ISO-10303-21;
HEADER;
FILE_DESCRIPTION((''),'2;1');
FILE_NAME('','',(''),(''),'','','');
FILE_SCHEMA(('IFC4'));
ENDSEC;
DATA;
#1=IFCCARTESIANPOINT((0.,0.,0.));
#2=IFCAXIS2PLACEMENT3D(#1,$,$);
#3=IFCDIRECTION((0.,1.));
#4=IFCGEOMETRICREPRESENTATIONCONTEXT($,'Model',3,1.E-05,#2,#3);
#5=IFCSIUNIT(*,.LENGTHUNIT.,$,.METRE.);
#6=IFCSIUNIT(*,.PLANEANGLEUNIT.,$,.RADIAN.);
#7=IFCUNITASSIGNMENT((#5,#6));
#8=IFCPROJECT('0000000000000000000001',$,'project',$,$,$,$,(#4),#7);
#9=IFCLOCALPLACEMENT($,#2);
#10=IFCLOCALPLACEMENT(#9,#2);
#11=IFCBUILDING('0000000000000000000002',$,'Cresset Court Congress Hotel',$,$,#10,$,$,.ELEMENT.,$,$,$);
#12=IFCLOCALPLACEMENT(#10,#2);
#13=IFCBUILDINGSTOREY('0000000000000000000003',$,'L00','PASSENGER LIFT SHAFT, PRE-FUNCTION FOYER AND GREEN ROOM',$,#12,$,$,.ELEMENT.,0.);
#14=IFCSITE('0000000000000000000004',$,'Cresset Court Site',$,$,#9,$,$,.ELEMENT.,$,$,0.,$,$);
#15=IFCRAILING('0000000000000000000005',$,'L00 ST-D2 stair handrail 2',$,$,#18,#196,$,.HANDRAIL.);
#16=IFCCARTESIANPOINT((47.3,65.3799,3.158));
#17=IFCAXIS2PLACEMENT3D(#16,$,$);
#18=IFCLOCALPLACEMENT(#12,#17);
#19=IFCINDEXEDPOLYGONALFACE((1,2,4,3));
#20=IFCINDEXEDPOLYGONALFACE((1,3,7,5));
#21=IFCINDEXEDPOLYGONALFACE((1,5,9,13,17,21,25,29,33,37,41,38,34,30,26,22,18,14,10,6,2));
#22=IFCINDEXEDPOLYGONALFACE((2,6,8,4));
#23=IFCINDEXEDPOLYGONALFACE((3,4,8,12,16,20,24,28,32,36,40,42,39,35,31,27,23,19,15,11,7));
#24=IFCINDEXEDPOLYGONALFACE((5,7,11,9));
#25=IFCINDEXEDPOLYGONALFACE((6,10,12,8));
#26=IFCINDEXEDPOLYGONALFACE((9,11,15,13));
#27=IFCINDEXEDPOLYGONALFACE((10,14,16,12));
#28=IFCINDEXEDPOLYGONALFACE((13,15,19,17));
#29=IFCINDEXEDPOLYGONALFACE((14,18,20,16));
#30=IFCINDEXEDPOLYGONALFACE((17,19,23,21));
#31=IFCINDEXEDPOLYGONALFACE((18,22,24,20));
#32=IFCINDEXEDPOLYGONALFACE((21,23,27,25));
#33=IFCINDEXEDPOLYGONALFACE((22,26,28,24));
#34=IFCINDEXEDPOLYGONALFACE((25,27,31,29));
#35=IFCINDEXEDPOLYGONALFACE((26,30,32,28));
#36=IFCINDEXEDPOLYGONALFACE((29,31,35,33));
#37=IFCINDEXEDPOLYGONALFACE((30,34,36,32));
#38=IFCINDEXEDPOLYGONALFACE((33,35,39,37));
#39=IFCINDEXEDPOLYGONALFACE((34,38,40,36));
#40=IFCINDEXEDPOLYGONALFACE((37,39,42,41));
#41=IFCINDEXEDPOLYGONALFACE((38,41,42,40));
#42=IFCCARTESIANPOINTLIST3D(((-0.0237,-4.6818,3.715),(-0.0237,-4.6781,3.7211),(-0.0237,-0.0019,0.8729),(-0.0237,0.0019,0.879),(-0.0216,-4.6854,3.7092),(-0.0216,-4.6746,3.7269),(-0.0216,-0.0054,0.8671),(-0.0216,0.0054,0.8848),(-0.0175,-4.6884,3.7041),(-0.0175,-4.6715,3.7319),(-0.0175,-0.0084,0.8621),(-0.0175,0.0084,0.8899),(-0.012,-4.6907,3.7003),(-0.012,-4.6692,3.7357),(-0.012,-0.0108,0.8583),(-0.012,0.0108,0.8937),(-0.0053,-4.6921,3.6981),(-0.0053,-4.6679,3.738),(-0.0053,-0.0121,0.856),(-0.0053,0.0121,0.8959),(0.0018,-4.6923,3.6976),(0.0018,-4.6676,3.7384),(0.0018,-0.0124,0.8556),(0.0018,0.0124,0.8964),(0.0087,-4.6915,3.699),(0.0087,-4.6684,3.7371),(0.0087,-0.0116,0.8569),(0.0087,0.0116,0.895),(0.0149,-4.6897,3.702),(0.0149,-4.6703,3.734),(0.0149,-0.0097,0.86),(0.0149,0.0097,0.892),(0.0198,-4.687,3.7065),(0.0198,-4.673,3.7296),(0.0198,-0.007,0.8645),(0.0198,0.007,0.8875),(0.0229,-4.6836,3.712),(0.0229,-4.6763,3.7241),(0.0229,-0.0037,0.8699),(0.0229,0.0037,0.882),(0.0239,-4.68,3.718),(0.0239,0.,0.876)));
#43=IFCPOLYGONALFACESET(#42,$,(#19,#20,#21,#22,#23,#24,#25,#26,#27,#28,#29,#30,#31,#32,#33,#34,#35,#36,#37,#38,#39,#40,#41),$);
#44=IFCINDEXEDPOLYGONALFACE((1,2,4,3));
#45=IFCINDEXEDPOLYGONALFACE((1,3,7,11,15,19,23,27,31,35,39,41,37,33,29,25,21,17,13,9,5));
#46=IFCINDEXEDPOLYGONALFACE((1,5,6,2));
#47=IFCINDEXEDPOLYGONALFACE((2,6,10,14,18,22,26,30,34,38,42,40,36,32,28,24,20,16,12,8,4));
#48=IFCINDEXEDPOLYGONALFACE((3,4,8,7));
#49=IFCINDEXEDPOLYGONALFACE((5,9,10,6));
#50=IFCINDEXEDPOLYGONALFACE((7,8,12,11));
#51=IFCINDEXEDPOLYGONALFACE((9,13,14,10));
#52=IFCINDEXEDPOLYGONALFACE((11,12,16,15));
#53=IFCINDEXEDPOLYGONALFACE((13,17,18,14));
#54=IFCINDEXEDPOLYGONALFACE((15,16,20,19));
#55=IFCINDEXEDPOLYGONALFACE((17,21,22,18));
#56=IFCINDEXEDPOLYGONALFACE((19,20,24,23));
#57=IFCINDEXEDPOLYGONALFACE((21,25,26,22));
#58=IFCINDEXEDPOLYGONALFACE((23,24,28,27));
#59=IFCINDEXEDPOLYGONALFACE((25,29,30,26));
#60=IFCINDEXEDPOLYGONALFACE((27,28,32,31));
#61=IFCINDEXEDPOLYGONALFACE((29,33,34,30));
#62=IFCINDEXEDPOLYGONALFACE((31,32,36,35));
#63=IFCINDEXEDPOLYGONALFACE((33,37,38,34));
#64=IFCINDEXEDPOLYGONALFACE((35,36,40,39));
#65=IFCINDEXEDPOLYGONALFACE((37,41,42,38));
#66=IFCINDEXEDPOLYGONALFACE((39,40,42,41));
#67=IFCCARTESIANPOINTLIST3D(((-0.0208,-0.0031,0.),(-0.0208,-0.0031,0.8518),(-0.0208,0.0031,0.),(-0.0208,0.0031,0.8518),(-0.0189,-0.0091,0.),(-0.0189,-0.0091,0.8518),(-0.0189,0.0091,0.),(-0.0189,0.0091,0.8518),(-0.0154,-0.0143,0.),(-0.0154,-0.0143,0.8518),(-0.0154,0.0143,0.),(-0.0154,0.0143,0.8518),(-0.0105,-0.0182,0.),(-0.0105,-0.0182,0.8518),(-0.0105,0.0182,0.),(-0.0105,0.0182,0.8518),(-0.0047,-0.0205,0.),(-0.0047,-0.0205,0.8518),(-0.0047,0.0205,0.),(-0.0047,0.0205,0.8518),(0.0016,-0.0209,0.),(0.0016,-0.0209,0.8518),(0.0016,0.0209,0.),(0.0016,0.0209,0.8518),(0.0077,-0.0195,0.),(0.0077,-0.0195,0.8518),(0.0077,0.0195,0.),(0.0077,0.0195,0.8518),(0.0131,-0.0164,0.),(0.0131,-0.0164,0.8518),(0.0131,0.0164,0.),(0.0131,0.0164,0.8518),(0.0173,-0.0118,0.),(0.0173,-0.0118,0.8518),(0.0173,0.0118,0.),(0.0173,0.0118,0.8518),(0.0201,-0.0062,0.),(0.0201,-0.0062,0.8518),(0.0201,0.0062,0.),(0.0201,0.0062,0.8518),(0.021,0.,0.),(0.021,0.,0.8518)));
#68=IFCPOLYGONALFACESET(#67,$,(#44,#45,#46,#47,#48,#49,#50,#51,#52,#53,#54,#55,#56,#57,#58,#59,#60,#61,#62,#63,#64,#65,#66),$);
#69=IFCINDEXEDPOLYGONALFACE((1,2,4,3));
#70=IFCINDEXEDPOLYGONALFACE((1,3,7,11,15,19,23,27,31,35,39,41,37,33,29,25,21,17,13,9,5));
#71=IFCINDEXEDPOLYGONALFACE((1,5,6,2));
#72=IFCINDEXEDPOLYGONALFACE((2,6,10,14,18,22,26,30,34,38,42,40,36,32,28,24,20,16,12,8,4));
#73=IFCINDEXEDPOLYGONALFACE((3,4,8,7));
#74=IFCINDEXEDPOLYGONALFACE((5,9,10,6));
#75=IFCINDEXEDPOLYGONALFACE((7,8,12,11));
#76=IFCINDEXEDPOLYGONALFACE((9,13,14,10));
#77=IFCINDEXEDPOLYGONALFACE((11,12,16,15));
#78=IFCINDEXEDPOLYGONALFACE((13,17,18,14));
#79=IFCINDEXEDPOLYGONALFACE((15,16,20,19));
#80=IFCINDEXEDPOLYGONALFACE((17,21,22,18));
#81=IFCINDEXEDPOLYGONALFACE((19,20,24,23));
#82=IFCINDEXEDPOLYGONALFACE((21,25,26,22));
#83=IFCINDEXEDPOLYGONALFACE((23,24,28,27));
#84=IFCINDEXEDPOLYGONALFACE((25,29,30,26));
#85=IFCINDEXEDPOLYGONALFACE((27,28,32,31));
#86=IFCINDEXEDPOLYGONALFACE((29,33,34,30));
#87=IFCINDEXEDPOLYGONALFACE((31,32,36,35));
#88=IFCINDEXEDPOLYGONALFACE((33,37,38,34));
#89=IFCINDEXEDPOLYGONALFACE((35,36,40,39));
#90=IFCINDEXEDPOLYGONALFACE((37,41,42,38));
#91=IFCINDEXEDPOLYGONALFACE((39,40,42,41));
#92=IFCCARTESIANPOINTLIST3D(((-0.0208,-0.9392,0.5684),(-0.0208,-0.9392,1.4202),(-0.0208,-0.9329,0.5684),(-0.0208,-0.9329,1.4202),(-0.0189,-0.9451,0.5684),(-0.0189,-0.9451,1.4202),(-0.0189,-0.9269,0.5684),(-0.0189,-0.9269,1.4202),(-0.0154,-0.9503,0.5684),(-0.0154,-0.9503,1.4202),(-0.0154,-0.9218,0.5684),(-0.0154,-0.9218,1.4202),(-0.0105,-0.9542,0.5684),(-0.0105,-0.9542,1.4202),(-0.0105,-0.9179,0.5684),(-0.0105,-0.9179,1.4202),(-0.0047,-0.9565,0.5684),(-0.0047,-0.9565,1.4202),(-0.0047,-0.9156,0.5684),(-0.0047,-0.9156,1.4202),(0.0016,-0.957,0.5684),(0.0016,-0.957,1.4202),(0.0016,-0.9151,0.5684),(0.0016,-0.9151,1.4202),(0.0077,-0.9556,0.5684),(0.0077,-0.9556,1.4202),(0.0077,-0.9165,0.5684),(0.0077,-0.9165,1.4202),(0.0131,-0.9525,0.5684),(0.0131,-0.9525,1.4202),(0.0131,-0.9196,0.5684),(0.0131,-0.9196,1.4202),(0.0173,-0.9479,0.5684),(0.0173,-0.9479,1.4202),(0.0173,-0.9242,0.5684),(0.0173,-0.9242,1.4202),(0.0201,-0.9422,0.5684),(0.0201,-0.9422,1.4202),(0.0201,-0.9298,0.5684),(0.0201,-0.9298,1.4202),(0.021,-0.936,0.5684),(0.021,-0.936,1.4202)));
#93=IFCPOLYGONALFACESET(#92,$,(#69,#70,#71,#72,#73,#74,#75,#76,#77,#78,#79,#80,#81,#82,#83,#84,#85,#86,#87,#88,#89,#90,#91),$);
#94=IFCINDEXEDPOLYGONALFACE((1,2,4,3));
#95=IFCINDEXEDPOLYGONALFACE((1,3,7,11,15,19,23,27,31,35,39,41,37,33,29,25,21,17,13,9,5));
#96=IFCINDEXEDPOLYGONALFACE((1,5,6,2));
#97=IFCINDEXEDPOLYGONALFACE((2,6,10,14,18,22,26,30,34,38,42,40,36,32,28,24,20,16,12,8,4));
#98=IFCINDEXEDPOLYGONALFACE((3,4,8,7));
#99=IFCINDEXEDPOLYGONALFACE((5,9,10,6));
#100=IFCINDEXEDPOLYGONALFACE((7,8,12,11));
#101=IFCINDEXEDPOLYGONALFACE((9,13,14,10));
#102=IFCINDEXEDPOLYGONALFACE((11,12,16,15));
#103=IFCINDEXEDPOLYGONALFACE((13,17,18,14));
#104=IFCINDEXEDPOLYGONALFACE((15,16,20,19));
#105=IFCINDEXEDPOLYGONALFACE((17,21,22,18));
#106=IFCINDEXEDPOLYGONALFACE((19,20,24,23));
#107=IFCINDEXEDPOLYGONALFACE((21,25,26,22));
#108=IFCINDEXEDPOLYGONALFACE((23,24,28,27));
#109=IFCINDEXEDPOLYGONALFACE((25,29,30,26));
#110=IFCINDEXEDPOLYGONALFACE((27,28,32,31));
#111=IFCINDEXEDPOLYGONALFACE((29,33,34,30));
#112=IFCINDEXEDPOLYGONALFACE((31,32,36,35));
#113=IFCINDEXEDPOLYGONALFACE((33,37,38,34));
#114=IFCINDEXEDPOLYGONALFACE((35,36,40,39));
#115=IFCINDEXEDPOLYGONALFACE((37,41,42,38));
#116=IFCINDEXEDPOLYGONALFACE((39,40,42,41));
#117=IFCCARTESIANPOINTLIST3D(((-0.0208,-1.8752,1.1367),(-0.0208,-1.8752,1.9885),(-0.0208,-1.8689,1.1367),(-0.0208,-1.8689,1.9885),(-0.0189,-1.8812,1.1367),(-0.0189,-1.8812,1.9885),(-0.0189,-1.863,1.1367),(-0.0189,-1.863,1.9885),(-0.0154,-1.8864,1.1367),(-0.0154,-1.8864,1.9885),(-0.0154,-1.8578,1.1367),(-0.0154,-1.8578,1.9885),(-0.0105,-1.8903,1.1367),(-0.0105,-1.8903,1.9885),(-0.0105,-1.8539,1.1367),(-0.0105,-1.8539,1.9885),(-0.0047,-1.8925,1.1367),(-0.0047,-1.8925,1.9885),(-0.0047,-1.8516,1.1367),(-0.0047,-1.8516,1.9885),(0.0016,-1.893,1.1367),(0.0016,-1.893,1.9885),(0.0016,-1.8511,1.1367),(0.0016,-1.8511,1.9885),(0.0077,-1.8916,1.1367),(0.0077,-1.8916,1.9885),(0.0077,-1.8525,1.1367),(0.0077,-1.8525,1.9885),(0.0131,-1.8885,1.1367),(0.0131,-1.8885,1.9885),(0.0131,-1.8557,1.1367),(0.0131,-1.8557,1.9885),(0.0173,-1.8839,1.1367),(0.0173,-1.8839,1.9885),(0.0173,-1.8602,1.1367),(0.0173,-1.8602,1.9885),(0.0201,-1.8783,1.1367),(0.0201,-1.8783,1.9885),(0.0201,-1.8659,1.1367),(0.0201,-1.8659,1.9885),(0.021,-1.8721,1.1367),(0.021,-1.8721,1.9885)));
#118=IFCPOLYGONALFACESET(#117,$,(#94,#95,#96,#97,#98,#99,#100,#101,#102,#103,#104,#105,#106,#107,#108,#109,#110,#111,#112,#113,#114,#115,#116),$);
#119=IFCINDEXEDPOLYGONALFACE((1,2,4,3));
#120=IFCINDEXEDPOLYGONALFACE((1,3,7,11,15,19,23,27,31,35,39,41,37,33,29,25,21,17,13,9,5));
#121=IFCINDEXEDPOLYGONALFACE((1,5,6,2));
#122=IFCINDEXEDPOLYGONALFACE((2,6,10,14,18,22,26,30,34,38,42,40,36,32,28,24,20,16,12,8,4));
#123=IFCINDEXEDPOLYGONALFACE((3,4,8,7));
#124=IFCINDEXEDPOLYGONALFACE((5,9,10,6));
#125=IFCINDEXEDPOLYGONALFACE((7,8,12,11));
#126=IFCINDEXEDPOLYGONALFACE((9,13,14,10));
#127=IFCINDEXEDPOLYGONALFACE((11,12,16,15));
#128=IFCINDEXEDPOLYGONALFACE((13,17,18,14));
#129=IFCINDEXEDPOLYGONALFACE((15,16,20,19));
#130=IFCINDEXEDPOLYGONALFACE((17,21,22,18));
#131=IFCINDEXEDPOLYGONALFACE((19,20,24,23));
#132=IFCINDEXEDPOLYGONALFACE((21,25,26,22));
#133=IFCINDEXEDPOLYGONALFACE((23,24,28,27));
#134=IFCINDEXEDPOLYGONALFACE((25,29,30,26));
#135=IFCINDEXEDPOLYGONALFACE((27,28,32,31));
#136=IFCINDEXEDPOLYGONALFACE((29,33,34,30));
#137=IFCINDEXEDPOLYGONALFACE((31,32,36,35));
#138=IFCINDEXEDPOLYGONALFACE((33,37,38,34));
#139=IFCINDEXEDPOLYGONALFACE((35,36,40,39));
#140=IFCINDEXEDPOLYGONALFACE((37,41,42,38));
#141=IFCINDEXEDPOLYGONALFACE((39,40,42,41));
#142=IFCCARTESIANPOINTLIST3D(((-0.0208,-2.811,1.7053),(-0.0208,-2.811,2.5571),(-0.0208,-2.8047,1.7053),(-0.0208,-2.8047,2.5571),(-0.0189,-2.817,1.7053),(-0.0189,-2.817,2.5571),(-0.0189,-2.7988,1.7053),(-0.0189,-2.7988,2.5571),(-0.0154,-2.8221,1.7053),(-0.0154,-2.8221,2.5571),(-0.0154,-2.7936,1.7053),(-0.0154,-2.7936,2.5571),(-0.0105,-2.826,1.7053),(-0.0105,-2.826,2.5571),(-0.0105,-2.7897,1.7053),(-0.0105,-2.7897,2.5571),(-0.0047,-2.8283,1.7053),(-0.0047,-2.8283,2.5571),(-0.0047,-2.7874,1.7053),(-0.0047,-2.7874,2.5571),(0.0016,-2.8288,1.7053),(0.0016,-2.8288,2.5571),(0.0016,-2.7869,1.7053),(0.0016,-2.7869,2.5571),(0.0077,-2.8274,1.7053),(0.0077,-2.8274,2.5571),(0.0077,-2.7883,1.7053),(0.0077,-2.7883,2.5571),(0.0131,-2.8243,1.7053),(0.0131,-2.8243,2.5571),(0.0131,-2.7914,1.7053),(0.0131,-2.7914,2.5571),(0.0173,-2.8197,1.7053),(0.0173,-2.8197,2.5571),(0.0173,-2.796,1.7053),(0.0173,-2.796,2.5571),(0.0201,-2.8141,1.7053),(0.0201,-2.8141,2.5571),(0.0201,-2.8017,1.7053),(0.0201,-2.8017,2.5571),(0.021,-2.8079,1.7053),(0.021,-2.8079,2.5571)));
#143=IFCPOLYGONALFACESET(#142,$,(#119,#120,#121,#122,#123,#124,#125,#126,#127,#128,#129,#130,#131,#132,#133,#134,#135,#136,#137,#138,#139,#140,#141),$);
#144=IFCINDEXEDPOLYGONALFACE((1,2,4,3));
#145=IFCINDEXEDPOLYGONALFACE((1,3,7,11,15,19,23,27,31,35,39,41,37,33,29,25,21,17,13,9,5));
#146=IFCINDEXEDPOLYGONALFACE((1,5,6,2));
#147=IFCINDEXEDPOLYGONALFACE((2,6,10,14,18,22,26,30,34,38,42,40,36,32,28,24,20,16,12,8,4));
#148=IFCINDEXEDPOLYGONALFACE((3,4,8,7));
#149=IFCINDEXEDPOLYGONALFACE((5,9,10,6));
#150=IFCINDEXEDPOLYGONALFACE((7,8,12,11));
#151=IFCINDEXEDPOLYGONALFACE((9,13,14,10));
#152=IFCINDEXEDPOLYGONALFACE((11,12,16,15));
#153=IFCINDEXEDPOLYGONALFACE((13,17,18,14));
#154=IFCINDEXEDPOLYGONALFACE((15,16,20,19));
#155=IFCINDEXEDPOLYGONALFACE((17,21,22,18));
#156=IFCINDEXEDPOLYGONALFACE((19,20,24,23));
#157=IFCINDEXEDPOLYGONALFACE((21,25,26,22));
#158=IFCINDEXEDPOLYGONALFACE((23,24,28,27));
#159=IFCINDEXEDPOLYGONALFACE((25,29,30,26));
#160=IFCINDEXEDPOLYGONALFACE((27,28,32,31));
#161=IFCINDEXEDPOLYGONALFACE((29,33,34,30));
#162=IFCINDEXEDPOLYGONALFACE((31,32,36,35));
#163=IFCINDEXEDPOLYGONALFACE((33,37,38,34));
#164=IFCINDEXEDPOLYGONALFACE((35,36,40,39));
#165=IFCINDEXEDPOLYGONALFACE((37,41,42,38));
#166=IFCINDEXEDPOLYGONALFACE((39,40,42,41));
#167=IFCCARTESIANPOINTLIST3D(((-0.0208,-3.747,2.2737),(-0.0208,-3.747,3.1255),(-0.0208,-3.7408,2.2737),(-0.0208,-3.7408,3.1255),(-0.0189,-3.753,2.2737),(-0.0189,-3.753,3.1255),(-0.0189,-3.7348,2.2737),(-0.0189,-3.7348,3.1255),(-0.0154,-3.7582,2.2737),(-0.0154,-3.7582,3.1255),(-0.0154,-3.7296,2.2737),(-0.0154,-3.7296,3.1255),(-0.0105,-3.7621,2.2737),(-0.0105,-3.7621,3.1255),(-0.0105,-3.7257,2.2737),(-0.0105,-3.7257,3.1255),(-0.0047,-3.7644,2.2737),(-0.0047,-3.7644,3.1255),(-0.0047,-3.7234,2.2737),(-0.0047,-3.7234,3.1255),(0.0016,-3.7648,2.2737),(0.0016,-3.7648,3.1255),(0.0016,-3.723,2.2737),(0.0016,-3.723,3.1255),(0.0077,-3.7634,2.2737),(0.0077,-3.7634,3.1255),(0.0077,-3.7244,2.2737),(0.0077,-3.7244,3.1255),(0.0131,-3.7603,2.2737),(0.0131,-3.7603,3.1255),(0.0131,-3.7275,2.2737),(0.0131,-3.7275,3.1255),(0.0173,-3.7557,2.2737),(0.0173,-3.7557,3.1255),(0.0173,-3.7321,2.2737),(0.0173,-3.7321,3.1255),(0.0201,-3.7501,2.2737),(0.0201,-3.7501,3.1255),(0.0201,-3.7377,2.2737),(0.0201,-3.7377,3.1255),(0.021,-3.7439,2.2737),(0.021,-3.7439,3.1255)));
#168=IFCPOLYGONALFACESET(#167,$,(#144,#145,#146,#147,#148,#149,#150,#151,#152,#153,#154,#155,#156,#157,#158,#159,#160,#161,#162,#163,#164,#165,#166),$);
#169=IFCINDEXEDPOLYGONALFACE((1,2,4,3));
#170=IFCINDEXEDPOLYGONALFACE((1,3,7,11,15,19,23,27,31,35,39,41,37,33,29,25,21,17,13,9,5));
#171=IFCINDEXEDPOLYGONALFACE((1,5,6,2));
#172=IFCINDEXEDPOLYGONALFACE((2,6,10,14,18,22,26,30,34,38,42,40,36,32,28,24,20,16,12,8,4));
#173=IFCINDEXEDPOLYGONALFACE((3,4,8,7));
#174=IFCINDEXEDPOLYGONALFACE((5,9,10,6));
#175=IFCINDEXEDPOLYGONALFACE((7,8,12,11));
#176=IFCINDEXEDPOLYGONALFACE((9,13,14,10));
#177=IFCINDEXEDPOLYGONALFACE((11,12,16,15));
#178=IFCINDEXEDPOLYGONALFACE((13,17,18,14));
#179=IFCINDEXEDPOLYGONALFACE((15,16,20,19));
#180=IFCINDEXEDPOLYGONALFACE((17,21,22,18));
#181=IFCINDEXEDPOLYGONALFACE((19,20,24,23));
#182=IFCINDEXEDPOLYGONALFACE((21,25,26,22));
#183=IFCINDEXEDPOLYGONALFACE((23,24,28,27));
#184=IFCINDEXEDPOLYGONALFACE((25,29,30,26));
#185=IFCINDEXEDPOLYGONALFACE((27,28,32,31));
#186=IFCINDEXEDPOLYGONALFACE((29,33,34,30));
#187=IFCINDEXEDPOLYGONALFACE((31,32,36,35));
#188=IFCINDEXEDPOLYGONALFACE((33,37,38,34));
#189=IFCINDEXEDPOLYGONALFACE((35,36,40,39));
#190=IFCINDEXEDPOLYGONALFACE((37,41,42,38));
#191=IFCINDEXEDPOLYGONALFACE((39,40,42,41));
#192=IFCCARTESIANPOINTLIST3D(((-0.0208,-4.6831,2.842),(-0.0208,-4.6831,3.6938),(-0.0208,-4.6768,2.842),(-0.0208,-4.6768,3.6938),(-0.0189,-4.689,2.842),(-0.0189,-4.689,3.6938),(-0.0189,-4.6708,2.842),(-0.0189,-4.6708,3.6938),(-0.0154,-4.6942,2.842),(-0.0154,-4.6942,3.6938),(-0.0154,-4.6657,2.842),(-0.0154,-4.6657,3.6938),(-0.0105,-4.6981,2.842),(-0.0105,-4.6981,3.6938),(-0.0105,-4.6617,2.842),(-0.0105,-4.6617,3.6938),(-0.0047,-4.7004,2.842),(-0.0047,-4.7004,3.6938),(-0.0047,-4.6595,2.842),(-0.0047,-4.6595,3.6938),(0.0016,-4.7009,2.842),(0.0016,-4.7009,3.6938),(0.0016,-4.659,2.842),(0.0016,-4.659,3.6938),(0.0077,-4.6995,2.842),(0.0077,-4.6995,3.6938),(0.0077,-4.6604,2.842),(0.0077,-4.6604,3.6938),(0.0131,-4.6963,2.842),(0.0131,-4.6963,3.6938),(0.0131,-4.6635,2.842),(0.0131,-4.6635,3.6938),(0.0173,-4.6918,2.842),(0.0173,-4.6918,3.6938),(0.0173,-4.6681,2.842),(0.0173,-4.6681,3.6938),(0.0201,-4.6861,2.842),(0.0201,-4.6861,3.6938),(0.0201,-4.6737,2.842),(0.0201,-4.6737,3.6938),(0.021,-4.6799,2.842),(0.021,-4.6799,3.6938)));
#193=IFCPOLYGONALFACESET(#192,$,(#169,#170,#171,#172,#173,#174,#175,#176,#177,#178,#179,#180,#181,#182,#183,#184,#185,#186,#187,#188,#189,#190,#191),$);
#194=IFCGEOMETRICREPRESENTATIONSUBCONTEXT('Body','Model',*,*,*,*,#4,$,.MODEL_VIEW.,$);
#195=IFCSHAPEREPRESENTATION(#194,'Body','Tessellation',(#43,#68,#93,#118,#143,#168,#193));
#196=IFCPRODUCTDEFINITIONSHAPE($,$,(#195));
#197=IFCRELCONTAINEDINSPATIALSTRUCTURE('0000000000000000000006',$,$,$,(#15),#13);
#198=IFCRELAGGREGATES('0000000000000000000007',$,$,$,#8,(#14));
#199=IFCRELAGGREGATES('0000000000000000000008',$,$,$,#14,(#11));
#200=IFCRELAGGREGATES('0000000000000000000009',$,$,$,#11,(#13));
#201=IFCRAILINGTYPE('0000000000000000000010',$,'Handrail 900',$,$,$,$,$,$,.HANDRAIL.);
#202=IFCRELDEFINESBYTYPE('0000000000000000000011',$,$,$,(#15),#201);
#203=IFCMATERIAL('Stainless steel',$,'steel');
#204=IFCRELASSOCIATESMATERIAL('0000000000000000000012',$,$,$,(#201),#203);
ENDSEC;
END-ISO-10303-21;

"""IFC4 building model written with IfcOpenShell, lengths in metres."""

from ifc_helpers import new_model, si_unit, direction, frame, origin, origin_2d, place, context, subcontext, project, spatial, circle, extrude, material, type_object, element, save


model = new_model("IFC4")

# Units and contexts
model_context = context("Model", 3, precision=1e-05, world=origin(), true_north=direction((0.0, 1.0)))
body_context = subcontext(model_context, "Body", "Model", "MODEL_VIEW")
ifc_project = project(units=[si_unit("LENGTHUNIT", "METRE"), si_unit("PLANEANGLEUNIT", "RADIAN")], contexts=[model_context])

# Site, building, storey
site_placement = place(None, origin())
site = spatial("IfcSite", under=ifc_project, at=site_placement, Name="Cresset Court Site", CompositionType="ELEMENT", RefElevation=0.0)
building_placement = place(site_placement, origin())
building = spatial("IfcBuilding", under=site, at=building_placement, Name="Cresset Court Congress Hotel", CompositionType="ELEMENT")
storey_placement = place(building_placement, origin())
storey = spatial("IfcBuildingStorey", under=building, at=storey_placement, Name="L00", Description="PASSENGER LIFT SHAFT, PRE-FUNCTION FOYER AND GREEN ROOM", CompositionType="ELEMENT", Elevation=0.0)

# Railing
ifc_material_1 = material(Name="Stainless steel", Category="steel")
railing_type_1 = type_object("IfcRailingType", Name="Handrail 900", PredefinedType="HANDRAIL", material=ifc_material_1)
railing_1_placement = place(storey_placement, frame((47.3, 65.3799, 3.158)))
element("IfcRailing", 1, at=railing_1_placement, inside=storey, type_object=railing_type_1, Name="L00 ST-D2 stair handrail 2", PredefinedType="HANDRAIL", context=body_context, shape_type="SweptSolid", body=[
    extrude(circle(Radius=0.0239, at=origin_2d()), frame((0.0, 0.0, 0.876), z_axis=(0.0, -0.854735, 0.519065), x_axis=(1.0, 0.0, 0.0)), (0.0, 0.0, 1.0), 5.4753),
    extrude(circle(Radius=0.021, at=origin_2d()), origin(), (0.0, 0.0, 1.0), 0.8518),
    extrude(circle(Radius=0.021, at=origin_2d()), frame((0.0, -0.936, 0.5684)), (0.0, 0.0, 1.0), 0.8518),
    extrude(circle(Radius=0.021, at=origin_2d()), frame((0.0, -1.8721, 1.1367)), (0.0, 0.0, 1.0), 0.8518),
    extrude(circle(Radius=0.021, at=origin_2d()), frame((0.0, -2.8079, 1.7053)), (0.0, 0.0, 1.0), 0.8518),
    extrude(circle(Radius=0.021, at=origin_2d()), frame((0.0, -3.7439, 2.2737)), (0.0, 0.0, 1.0), 0.8518),
    extrude(circle(Radius=0.021, at=origin_2d()), frame((0.0, -4.6799, 2.842)), (0.0, 0.0, 1.0), 0.8518),
])

save(model, "model.ifc")
